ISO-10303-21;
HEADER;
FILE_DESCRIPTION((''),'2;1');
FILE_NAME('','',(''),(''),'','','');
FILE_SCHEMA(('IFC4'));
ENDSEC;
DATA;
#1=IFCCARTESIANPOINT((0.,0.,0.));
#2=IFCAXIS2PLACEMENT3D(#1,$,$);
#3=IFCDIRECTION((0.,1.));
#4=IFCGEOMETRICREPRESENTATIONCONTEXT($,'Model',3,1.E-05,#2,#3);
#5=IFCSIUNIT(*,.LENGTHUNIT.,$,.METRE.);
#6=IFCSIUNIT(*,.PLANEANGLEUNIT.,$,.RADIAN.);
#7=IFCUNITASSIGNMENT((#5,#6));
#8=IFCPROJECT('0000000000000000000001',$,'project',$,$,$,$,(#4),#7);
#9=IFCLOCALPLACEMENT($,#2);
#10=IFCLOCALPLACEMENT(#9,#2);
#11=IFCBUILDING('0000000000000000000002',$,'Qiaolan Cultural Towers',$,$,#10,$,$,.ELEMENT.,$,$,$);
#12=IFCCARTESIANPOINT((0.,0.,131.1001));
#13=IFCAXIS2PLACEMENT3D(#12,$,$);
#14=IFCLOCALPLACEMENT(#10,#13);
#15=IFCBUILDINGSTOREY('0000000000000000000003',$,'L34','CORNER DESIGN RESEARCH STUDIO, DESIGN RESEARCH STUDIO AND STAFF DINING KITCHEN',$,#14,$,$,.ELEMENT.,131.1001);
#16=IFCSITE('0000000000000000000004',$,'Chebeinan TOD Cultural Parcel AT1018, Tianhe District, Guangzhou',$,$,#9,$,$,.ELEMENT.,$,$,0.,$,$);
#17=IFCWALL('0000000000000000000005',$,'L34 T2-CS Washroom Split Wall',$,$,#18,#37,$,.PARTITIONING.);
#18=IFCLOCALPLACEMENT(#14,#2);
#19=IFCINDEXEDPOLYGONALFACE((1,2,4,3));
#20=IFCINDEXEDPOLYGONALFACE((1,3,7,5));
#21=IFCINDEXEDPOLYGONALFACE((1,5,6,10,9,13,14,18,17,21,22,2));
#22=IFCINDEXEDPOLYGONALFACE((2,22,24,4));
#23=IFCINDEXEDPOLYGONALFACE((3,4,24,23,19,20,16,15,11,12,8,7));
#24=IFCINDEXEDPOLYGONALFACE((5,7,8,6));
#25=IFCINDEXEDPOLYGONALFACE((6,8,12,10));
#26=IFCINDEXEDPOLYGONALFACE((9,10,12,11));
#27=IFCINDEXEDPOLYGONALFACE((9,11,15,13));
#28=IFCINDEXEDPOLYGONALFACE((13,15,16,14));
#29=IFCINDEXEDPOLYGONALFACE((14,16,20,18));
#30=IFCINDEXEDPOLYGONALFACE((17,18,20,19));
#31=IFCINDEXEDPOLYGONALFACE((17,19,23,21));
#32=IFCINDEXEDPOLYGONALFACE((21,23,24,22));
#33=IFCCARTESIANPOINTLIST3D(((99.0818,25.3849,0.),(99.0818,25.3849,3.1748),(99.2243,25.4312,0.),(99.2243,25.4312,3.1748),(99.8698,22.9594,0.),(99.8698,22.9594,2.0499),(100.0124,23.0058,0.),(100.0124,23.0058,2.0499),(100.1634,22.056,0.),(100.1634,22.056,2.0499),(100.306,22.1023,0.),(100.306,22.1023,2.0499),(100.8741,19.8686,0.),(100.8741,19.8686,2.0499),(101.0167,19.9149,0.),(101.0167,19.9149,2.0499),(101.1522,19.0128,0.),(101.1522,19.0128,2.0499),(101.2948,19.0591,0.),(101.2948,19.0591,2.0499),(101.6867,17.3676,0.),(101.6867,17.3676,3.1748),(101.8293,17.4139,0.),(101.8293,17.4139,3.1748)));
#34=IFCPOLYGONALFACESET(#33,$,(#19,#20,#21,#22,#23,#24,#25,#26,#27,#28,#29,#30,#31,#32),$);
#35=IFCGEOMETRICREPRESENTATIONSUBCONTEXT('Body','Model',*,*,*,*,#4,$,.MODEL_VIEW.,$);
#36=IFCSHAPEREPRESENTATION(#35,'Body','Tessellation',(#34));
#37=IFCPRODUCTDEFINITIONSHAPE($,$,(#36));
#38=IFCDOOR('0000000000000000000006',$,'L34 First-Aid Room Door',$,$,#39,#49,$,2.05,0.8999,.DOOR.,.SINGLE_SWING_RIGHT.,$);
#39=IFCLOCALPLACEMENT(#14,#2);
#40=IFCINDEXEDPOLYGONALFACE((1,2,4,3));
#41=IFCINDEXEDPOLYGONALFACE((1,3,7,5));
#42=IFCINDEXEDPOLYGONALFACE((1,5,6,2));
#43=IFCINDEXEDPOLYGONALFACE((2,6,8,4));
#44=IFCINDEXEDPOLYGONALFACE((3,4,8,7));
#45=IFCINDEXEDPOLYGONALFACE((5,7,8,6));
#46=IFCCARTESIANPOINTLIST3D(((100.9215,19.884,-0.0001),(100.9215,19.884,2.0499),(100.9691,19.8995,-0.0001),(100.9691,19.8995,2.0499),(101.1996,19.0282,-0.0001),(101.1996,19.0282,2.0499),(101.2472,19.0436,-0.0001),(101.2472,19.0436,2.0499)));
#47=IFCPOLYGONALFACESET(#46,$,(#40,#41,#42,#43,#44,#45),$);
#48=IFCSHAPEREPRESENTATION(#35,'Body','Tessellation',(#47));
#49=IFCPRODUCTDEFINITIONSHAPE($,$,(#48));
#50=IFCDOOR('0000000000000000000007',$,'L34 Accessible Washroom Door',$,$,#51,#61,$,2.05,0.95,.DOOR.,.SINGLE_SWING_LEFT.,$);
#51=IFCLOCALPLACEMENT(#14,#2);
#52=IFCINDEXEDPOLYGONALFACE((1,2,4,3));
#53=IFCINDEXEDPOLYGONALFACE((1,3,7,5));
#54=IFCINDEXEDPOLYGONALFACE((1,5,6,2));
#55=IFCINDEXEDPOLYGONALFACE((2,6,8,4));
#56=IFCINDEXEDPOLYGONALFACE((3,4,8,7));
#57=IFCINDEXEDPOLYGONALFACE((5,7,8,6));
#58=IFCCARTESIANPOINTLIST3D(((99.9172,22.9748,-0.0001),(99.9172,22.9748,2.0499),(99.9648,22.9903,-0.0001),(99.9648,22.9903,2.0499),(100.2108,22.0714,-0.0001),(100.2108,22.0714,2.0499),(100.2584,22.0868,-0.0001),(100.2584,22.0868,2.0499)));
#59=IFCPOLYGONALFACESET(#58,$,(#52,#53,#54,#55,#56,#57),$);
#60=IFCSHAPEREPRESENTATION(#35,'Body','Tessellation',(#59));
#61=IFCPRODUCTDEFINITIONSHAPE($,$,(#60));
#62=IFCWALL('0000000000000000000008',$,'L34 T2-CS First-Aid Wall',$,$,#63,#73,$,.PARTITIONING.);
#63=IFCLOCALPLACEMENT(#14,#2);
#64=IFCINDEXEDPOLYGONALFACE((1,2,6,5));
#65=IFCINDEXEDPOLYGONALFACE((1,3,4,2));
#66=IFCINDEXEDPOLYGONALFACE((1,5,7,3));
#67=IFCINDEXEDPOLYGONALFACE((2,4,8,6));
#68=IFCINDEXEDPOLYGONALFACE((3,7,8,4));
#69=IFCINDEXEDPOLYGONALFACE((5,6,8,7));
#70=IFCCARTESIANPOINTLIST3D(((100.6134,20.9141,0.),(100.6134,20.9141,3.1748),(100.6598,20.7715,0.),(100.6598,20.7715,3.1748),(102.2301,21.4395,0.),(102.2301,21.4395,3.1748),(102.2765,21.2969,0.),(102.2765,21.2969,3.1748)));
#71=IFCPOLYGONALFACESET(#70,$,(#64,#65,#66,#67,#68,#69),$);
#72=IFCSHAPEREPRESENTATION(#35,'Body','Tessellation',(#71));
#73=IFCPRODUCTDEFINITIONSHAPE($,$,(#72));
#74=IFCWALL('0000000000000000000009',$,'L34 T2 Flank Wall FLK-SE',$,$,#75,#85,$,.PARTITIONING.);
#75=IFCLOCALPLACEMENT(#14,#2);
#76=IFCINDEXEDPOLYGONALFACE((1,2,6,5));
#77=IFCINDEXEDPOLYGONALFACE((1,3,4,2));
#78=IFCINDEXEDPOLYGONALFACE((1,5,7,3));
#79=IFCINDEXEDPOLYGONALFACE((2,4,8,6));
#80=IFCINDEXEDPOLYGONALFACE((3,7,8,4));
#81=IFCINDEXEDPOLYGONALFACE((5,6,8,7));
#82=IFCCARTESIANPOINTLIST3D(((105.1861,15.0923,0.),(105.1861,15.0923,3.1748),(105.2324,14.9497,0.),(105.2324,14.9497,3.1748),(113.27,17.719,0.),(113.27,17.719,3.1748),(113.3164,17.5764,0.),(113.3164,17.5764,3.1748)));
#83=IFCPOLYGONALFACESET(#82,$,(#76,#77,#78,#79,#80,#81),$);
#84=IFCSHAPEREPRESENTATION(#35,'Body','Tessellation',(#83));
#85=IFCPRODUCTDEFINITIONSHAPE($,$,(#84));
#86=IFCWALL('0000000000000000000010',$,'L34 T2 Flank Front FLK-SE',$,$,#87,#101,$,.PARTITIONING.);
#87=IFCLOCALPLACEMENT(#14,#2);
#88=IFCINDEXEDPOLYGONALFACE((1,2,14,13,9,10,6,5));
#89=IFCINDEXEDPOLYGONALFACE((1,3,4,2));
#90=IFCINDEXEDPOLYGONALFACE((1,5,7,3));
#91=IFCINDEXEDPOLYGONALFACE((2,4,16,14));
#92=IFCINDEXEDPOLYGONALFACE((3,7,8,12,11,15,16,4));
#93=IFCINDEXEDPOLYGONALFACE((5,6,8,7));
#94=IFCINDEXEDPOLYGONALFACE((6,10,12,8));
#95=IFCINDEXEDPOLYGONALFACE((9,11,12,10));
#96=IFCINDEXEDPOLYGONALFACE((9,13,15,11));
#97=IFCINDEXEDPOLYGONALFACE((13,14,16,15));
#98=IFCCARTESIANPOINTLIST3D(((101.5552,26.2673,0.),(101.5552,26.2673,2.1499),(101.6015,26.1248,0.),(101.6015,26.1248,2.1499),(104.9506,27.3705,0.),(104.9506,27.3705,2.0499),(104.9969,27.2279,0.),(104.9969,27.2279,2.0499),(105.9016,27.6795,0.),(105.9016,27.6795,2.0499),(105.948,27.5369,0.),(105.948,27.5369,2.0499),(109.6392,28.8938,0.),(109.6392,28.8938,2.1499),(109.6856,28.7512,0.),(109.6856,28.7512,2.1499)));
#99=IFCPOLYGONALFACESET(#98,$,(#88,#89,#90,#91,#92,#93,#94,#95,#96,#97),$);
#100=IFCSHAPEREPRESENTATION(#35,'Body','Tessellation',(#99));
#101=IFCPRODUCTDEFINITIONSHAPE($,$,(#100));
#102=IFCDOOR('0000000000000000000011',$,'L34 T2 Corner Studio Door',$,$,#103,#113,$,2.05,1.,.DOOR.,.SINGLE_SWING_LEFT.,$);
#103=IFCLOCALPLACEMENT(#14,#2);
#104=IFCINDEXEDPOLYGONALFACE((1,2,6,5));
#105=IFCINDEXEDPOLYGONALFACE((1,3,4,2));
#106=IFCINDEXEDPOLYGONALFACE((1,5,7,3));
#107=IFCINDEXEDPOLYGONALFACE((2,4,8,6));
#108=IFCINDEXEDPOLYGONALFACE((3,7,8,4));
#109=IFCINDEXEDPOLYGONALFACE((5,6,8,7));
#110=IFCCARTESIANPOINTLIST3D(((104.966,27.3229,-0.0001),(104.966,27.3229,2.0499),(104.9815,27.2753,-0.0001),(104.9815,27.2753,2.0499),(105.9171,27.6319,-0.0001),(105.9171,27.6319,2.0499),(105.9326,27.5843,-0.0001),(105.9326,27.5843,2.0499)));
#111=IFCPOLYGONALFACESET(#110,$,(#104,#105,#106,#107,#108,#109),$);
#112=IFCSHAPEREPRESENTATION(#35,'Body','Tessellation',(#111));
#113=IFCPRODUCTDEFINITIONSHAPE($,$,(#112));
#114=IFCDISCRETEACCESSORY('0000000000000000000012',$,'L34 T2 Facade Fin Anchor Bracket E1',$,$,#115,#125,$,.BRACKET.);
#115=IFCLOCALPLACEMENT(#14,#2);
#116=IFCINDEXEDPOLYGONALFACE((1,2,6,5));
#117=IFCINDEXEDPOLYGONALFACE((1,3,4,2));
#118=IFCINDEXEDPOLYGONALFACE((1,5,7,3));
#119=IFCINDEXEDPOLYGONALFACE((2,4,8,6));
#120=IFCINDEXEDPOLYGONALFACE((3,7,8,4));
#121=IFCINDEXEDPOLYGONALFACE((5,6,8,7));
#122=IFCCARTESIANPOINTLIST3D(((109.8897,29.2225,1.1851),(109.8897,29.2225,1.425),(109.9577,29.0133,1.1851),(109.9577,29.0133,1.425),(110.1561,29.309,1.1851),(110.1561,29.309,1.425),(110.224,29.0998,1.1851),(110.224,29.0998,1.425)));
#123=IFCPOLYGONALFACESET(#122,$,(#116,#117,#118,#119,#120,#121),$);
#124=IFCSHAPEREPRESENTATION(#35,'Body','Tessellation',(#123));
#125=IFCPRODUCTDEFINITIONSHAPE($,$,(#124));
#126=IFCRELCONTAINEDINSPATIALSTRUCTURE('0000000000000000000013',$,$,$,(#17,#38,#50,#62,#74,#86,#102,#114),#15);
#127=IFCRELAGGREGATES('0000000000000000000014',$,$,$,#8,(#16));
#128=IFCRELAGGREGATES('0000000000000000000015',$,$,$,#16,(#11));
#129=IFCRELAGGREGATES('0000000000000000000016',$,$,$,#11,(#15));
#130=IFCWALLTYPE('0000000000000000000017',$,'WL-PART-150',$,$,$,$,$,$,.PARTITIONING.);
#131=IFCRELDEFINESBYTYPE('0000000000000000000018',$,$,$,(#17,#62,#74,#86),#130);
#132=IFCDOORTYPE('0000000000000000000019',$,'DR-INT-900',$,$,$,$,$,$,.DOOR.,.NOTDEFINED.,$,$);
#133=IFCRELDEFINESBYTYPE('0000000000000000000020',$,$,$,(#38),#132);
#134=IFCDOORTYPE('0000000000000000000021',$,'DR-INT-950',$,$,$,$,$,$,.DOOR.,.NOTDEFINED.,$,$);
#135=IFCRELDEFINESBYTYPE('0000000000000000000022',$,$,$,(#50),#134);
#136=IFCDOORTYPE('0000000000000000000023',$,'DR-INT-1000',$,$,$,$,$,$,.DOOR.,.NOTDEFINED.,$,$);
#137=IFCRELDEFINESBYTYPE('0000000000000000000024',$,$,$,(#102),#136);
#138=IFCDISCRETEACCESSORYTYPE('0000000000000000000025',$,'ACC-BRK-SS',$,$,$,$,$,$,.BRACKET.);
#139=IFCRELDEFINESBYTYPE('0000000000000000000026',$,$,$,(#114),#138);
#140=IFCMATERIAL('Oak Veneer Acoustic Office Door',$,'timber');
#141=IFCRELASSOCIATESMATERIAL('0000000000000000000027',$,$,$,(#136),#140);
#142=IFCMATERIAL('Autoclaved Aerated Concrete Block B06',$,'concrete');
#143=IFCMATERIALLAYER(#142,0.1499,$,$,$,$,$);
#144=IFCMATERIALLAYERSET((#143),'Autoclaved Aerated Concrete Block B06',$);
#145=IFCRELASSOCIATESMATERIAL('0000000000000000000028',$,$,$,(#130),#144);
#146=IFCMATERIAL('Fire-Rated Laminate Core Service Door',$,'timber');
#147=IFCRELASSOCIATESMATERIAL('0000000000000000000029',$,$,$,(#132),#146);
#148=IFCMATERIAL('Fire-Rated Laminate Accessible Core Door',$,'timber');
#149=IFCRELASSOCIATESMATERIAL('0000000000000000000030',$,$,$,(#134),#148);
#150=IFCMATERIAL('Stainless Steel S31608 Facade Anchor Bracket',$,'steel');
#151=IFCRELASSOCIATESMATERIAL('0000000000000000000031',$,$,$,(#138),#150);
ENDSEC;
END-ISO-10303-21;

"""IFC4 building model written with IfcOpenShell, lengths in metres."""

from ifc_helpers import new_model, si_unit, direction, frame, frame_2d, origin, origin_2d, place, context, subcontext, project, spatial, rectangle, extrude, material, layer, layer_set, type_object, element, fill, save


model = new_model("IFC4")

# Units and contexts
model_context = context("Model", 3, precision=1e-05, world=origin(), true_north=direction((0.0, 1.0)))
body_context = subcontext(model_context, "Body", "Model", "MODEL_VIEW")
ifc_project = project(units=[si_unit("LENGTHUNIT", "METRE"), si_unit("PLANEANGLEUNIT", "RADIAN")], contexts=[model_context])

# Site, building, storey
site_placement = place(None, origin())
site = spatial("IfcSite", under=ifc_project, at=site_placement, Name="Chebeinan TOD Cultural Parcel AT1018, Tianhe District, Guangzhou", CompositionType="ELEMENT", RefElevation=0.0)
building_placement = place(site_placement, origin())
building = spatial("IfcBuilding", under=site, at=building_placement, Name="Qiaolan Cultural Towers", CompositionType="ELEMENT")
storey_placement = place(building_placement, frame((0.0, 0.0, 131.1001)))
storey = spatial("IfcBuildingStorey", under=building, at=storey_placement, Name="L34", Description="CORNER DESIGN RESEARCH STUDIO, DESIGN RESEARCH STUDIO AND STAFF DINING KITCHEN", CompositionType="ELEMENT", Elevation=131.1001)

# Wall, openings, doors
ifc_material_1 = material(Name="Oak Veneer Acoustic Office Door", Category="timber")
door_type_1 = type_object("IfcDoorType", Name="DR-INT-1000", OperationType="NOTDEFINED", PredefinedType="DOOR", material=ifc_material_1)
ifc_material_2 = material(Name="Autoclaved Aerated Concrete Block B06", Category="concrete")
ifc_layer_1 = layer(ifc_material_2, 0.1499)
ifc_layer_set_1 = layer_set([ifc_layer_1], Name="Autoclaved Aerated Concrete Block B06")
wall_type_1 = type_object("IfcWallType", Name="WL-PART-150", PredefinedType="PARTITIONING", material=ifc_layer_set_1)
wall_1_placement = place(storey_placement, frame((99.1531, 25.408, 0.0), z_axis=(0.0, 0.0, 1.0), x_axis=(0.309016, -0.951057, 0.0)))
wall_1 = element("IfcWall", 1, at=wall_1_placement, inside=storey, type_object=wall_type_1, Name="L34 T2-CS Washroom Split Wall", PredefinedType="PARTITIONING", context=body_context, shape_type="SweptSolid", body=[
    extrude(rectangle(XDim=8.4299, YDim=0.1499, at=frame_2d((4.2148, 0.0))), origin(), (0.0, 0.0, 1.0), 3.1748),
])
opening_1_placement = place(wall_1_placement, frame((2.55, 0.0, 0.0)))
opening_1 = element("IfcOpeningElement", 2, at=opening_1_placement, cuts=wall_1, PredefinedType="OPENING", context=body_context, shape_type="SweptSolid", body=[
    extrude(rectangle(XDim=0.95, YDim=2.05, at=frame_2d((0.4751, 1.0249))), frame((0.0, 0.085, 0.0), z_axis=(0.0, -1.0, 0.0), x_axis=(1.0, 0.0, 0.0)), (0.0, 0.0, 1.0), 0.1699),
])
opening_2_placement = place(wall_1_placement, frame((5.8, 0.0, 0.0)))
opening_2 = element("IfcOpeningElement", 3, at=opening_2_placement, cuts=wall_1, PredefinedType="OPENING", context=body_context, shape_type="SweptSolid", body=[
    extrude(rectangle(XDim=0.8999, YDim=2.05, at=frame_2d((0.45, 1.0249))), frame((0.0, 0.085, 0.0), z_axis=(0.0, -1.0, 0.0), x_axis=(1.0, 0.0, 0.0)), (0.0, 0.0, 1.0), 0.1699),
])
ifc_material_3 = material(Name="Fire-Rated Laminate Core Service Door", Category="timber")
door_type_2 = type_object("IfcDoorType", Name="DR-INT-900", OperationType="NOTDEFINED", PredefinedType="DOOR", material=ifc_material_3)
door_1_placement = place(opening_2_placement, origin())
door_1 = element("IfcDoor", 4, at=door_1_placement, inside=storey, type_object=door_type_2, Name="L34 First-Aid Room Door", OperationType="SINGLE_SWING_RIGHT", OverallHeight=2.05, OverallWidth=0.8999, PredefinedType="DOOR", context=body_context, shape_type="SweptSolid", body=[
    extrude(rectangle(XDim=0.8999, YDim=2.05, at=frame_2d((0.45, 1.0249))), frame((0.0, 0.0249, 0.0), z_axis=(0.0, -1.0, 0.0), x_axis=(1.0, 0.0, 0.0)), (0.0, 0.0, 1.0), 0.05),
])
fill(opening_2, door_1)
ifc_material_4 = material(Name="Fire-Rated Laminate Accessible Core Door", Category="timber")
door_type_3 = type_object("IfcDoorType", Name="DR-INT-950", OperationType="NOTDEFINED", PredefinedType="DOOR", material=ifc_material_4)
door_2_placement = place(opening_1_placement, origin())
door_2 = element("IfcDoor", 5, at=door_2_placement, inside=storey, type_object=door_type_3, Name="L34 Accessible Washroom Door", OperationType="SINGLE_SWING_LEFT", OverallHeight=2.05, OverallWidth=0.95, PredefinedType="DOOR", context=body_context, shape_type="SweptSolid", body=[
    extrude(rectangle(XDim=0.95, YDim=2.05, at=frame_2d((0.4751, 1.0249))), frame((0.0, 0.0249, 0.0), z_axis=(0.0, -1.0, 0.0), x_axis=(1.0, 0.0, 0.0)), (0.0, 0.0, 1.0), 0.05),
])
fill(opening_1, door_2)

# Walls
wall_2_placement = place(storey_placement, frame((100.6365, 20.8428, 0.0), z_axis=(0.0, 0.0, 1.0), x_axis=(0.95104, 0.309067, 0.0)))
element("IfcWall", 6, at=wall_2_placement, inside=storey, type_object=wall_type_1, Name="L34 T2-CS First-Aid Wall", PredefinedType="PARTITIONING", context=body_context, shape_type="SweptSolid", body=[
    extrude(rectangle(XDim=1.7, YDim=0.1499, at=frame_2d((0.8501, 0.0))), origin(), (0.0, 0.0, 1.0), 3.1748),
])
wall_3_placement = place(storey_placement, frame((105.2092, 15.021, 0.0), z_axis=(0.0, 0.0, 1.0), x_axis=(0.951054, 0.309024, 0.0)))
element("IfcWall", 7, at=wall_3_placement, inside=storey, type_object=wall_type_1, Name="L34 T2 Flank Wall FLK-SE", PredefinedType="PARTITIONING", context=body_context, shape_type="SweptSolid", body=[
    extrude(rectangle(XDim=8.5, YDim=0.1499, at=frame_2d((4.25, 0.0))), origin(), (0.0, 0.0, 1.0), 3.1748),
])

# Wall, opening, door
wall_4_placement = place(storey_placement, frame((101.5784, 26.196, 0.0), z_axis=(0.0, 0.0, 1.0), x_axis=(0.951063, 0.308998, 0.0)))
wall_4 = element("IfcWall", 8, at=wall_4_placement, inside=storey, type_object=wall_type_1, Name="L34 T2 Flank Front FLK-SE", PredefinedType="PARTITIONING", context=body_context, shape_type="SweptSolid", body=[
    extrude(rectangle(XDim=8.5, YDim=0.1499, at=frame_2d((4.25, 0.0))), origin(), (0.0, 0.0, 1.0), 2.1499),
])
opening_3_placement = place(wall_4_placement, frame((3.5701, 0.0, 0.0)))
opening_3 = element("IfcOpeningElement", 9, at=opening_3_placement, cuts=wall_4, PredefinedType="OPENING", context=body_context, shape_type="SweptSolid", body=[
    extrude(rectangle(XDim=1.0, YDim=2.05, at=frame_2d((0.5, 1.0249))), frame((0.0, 0.085, 0.0), z_axis=(0.0, -1.0, 0.0), x_axis=(1.0, 0.0, 0.0)), (0.0, 0.0, 1.0), 0.1699),
])
door_3_placement = place(opening_3_placement, origin())
door_3 = element("IfcDoor", 10, at=door_3_placement, inside=storey, type_object=door_type_1, Name="L34 T2 Corner Studio Door", OperationType="SINGLE_SWING_LEFT", OverallHeight=2.05, OverallWidth=1.0, PredefinedType="DOOR", context=body_context, shape_type="SweptSolid", body=[
    extrude(rectangle(XDim=1.0, YDim=2.05, at=frame_2d((0.5, 1.0249))), frame((0.0, 0.0249, 0.0), z_axis=(0.0, -1.0, 0.0), x_axis=(1.0, 0.0, 0.0)), (0.0, 0.0, 1.0), 0.05),
])
fill(opening_3, door_3)

# Discrete accessory
ifc_material_5 = material(Name="Stainless Steel S31608 Facade Anchor Bracket", Category="steel")
discrete_accessory_type = type_object("IfcDiscreteAccessoryType", Name="ACC-BRK-SS", PredefinedType="BRACKET", material=ifc_material_5)
discrete_accessory_placement = place(storey_placement, frame((110.0569, 29.1611, 1.1851), z_axis=(0.0, 0.0, 1.0), x_axis=(0.951057, 0.309017, 0.0)))
element("IfcDiscreteAccessory", 11, at=discrete_accessory_placement, inside=storey, type_object=discrete_accessory_type, Name="L34 T2 Facade Fin Anchor Bracket E1", PredefinedType="BRACKET", context=body_context, shape_type="SweptSolid", body=[
    extrude(rectangle(XDim=0.28, YDim=0.22, at=origin_2d()), origin(), (0.0, 0.0, 1.0), 0.24),
])

save(model, "model.ifc")
